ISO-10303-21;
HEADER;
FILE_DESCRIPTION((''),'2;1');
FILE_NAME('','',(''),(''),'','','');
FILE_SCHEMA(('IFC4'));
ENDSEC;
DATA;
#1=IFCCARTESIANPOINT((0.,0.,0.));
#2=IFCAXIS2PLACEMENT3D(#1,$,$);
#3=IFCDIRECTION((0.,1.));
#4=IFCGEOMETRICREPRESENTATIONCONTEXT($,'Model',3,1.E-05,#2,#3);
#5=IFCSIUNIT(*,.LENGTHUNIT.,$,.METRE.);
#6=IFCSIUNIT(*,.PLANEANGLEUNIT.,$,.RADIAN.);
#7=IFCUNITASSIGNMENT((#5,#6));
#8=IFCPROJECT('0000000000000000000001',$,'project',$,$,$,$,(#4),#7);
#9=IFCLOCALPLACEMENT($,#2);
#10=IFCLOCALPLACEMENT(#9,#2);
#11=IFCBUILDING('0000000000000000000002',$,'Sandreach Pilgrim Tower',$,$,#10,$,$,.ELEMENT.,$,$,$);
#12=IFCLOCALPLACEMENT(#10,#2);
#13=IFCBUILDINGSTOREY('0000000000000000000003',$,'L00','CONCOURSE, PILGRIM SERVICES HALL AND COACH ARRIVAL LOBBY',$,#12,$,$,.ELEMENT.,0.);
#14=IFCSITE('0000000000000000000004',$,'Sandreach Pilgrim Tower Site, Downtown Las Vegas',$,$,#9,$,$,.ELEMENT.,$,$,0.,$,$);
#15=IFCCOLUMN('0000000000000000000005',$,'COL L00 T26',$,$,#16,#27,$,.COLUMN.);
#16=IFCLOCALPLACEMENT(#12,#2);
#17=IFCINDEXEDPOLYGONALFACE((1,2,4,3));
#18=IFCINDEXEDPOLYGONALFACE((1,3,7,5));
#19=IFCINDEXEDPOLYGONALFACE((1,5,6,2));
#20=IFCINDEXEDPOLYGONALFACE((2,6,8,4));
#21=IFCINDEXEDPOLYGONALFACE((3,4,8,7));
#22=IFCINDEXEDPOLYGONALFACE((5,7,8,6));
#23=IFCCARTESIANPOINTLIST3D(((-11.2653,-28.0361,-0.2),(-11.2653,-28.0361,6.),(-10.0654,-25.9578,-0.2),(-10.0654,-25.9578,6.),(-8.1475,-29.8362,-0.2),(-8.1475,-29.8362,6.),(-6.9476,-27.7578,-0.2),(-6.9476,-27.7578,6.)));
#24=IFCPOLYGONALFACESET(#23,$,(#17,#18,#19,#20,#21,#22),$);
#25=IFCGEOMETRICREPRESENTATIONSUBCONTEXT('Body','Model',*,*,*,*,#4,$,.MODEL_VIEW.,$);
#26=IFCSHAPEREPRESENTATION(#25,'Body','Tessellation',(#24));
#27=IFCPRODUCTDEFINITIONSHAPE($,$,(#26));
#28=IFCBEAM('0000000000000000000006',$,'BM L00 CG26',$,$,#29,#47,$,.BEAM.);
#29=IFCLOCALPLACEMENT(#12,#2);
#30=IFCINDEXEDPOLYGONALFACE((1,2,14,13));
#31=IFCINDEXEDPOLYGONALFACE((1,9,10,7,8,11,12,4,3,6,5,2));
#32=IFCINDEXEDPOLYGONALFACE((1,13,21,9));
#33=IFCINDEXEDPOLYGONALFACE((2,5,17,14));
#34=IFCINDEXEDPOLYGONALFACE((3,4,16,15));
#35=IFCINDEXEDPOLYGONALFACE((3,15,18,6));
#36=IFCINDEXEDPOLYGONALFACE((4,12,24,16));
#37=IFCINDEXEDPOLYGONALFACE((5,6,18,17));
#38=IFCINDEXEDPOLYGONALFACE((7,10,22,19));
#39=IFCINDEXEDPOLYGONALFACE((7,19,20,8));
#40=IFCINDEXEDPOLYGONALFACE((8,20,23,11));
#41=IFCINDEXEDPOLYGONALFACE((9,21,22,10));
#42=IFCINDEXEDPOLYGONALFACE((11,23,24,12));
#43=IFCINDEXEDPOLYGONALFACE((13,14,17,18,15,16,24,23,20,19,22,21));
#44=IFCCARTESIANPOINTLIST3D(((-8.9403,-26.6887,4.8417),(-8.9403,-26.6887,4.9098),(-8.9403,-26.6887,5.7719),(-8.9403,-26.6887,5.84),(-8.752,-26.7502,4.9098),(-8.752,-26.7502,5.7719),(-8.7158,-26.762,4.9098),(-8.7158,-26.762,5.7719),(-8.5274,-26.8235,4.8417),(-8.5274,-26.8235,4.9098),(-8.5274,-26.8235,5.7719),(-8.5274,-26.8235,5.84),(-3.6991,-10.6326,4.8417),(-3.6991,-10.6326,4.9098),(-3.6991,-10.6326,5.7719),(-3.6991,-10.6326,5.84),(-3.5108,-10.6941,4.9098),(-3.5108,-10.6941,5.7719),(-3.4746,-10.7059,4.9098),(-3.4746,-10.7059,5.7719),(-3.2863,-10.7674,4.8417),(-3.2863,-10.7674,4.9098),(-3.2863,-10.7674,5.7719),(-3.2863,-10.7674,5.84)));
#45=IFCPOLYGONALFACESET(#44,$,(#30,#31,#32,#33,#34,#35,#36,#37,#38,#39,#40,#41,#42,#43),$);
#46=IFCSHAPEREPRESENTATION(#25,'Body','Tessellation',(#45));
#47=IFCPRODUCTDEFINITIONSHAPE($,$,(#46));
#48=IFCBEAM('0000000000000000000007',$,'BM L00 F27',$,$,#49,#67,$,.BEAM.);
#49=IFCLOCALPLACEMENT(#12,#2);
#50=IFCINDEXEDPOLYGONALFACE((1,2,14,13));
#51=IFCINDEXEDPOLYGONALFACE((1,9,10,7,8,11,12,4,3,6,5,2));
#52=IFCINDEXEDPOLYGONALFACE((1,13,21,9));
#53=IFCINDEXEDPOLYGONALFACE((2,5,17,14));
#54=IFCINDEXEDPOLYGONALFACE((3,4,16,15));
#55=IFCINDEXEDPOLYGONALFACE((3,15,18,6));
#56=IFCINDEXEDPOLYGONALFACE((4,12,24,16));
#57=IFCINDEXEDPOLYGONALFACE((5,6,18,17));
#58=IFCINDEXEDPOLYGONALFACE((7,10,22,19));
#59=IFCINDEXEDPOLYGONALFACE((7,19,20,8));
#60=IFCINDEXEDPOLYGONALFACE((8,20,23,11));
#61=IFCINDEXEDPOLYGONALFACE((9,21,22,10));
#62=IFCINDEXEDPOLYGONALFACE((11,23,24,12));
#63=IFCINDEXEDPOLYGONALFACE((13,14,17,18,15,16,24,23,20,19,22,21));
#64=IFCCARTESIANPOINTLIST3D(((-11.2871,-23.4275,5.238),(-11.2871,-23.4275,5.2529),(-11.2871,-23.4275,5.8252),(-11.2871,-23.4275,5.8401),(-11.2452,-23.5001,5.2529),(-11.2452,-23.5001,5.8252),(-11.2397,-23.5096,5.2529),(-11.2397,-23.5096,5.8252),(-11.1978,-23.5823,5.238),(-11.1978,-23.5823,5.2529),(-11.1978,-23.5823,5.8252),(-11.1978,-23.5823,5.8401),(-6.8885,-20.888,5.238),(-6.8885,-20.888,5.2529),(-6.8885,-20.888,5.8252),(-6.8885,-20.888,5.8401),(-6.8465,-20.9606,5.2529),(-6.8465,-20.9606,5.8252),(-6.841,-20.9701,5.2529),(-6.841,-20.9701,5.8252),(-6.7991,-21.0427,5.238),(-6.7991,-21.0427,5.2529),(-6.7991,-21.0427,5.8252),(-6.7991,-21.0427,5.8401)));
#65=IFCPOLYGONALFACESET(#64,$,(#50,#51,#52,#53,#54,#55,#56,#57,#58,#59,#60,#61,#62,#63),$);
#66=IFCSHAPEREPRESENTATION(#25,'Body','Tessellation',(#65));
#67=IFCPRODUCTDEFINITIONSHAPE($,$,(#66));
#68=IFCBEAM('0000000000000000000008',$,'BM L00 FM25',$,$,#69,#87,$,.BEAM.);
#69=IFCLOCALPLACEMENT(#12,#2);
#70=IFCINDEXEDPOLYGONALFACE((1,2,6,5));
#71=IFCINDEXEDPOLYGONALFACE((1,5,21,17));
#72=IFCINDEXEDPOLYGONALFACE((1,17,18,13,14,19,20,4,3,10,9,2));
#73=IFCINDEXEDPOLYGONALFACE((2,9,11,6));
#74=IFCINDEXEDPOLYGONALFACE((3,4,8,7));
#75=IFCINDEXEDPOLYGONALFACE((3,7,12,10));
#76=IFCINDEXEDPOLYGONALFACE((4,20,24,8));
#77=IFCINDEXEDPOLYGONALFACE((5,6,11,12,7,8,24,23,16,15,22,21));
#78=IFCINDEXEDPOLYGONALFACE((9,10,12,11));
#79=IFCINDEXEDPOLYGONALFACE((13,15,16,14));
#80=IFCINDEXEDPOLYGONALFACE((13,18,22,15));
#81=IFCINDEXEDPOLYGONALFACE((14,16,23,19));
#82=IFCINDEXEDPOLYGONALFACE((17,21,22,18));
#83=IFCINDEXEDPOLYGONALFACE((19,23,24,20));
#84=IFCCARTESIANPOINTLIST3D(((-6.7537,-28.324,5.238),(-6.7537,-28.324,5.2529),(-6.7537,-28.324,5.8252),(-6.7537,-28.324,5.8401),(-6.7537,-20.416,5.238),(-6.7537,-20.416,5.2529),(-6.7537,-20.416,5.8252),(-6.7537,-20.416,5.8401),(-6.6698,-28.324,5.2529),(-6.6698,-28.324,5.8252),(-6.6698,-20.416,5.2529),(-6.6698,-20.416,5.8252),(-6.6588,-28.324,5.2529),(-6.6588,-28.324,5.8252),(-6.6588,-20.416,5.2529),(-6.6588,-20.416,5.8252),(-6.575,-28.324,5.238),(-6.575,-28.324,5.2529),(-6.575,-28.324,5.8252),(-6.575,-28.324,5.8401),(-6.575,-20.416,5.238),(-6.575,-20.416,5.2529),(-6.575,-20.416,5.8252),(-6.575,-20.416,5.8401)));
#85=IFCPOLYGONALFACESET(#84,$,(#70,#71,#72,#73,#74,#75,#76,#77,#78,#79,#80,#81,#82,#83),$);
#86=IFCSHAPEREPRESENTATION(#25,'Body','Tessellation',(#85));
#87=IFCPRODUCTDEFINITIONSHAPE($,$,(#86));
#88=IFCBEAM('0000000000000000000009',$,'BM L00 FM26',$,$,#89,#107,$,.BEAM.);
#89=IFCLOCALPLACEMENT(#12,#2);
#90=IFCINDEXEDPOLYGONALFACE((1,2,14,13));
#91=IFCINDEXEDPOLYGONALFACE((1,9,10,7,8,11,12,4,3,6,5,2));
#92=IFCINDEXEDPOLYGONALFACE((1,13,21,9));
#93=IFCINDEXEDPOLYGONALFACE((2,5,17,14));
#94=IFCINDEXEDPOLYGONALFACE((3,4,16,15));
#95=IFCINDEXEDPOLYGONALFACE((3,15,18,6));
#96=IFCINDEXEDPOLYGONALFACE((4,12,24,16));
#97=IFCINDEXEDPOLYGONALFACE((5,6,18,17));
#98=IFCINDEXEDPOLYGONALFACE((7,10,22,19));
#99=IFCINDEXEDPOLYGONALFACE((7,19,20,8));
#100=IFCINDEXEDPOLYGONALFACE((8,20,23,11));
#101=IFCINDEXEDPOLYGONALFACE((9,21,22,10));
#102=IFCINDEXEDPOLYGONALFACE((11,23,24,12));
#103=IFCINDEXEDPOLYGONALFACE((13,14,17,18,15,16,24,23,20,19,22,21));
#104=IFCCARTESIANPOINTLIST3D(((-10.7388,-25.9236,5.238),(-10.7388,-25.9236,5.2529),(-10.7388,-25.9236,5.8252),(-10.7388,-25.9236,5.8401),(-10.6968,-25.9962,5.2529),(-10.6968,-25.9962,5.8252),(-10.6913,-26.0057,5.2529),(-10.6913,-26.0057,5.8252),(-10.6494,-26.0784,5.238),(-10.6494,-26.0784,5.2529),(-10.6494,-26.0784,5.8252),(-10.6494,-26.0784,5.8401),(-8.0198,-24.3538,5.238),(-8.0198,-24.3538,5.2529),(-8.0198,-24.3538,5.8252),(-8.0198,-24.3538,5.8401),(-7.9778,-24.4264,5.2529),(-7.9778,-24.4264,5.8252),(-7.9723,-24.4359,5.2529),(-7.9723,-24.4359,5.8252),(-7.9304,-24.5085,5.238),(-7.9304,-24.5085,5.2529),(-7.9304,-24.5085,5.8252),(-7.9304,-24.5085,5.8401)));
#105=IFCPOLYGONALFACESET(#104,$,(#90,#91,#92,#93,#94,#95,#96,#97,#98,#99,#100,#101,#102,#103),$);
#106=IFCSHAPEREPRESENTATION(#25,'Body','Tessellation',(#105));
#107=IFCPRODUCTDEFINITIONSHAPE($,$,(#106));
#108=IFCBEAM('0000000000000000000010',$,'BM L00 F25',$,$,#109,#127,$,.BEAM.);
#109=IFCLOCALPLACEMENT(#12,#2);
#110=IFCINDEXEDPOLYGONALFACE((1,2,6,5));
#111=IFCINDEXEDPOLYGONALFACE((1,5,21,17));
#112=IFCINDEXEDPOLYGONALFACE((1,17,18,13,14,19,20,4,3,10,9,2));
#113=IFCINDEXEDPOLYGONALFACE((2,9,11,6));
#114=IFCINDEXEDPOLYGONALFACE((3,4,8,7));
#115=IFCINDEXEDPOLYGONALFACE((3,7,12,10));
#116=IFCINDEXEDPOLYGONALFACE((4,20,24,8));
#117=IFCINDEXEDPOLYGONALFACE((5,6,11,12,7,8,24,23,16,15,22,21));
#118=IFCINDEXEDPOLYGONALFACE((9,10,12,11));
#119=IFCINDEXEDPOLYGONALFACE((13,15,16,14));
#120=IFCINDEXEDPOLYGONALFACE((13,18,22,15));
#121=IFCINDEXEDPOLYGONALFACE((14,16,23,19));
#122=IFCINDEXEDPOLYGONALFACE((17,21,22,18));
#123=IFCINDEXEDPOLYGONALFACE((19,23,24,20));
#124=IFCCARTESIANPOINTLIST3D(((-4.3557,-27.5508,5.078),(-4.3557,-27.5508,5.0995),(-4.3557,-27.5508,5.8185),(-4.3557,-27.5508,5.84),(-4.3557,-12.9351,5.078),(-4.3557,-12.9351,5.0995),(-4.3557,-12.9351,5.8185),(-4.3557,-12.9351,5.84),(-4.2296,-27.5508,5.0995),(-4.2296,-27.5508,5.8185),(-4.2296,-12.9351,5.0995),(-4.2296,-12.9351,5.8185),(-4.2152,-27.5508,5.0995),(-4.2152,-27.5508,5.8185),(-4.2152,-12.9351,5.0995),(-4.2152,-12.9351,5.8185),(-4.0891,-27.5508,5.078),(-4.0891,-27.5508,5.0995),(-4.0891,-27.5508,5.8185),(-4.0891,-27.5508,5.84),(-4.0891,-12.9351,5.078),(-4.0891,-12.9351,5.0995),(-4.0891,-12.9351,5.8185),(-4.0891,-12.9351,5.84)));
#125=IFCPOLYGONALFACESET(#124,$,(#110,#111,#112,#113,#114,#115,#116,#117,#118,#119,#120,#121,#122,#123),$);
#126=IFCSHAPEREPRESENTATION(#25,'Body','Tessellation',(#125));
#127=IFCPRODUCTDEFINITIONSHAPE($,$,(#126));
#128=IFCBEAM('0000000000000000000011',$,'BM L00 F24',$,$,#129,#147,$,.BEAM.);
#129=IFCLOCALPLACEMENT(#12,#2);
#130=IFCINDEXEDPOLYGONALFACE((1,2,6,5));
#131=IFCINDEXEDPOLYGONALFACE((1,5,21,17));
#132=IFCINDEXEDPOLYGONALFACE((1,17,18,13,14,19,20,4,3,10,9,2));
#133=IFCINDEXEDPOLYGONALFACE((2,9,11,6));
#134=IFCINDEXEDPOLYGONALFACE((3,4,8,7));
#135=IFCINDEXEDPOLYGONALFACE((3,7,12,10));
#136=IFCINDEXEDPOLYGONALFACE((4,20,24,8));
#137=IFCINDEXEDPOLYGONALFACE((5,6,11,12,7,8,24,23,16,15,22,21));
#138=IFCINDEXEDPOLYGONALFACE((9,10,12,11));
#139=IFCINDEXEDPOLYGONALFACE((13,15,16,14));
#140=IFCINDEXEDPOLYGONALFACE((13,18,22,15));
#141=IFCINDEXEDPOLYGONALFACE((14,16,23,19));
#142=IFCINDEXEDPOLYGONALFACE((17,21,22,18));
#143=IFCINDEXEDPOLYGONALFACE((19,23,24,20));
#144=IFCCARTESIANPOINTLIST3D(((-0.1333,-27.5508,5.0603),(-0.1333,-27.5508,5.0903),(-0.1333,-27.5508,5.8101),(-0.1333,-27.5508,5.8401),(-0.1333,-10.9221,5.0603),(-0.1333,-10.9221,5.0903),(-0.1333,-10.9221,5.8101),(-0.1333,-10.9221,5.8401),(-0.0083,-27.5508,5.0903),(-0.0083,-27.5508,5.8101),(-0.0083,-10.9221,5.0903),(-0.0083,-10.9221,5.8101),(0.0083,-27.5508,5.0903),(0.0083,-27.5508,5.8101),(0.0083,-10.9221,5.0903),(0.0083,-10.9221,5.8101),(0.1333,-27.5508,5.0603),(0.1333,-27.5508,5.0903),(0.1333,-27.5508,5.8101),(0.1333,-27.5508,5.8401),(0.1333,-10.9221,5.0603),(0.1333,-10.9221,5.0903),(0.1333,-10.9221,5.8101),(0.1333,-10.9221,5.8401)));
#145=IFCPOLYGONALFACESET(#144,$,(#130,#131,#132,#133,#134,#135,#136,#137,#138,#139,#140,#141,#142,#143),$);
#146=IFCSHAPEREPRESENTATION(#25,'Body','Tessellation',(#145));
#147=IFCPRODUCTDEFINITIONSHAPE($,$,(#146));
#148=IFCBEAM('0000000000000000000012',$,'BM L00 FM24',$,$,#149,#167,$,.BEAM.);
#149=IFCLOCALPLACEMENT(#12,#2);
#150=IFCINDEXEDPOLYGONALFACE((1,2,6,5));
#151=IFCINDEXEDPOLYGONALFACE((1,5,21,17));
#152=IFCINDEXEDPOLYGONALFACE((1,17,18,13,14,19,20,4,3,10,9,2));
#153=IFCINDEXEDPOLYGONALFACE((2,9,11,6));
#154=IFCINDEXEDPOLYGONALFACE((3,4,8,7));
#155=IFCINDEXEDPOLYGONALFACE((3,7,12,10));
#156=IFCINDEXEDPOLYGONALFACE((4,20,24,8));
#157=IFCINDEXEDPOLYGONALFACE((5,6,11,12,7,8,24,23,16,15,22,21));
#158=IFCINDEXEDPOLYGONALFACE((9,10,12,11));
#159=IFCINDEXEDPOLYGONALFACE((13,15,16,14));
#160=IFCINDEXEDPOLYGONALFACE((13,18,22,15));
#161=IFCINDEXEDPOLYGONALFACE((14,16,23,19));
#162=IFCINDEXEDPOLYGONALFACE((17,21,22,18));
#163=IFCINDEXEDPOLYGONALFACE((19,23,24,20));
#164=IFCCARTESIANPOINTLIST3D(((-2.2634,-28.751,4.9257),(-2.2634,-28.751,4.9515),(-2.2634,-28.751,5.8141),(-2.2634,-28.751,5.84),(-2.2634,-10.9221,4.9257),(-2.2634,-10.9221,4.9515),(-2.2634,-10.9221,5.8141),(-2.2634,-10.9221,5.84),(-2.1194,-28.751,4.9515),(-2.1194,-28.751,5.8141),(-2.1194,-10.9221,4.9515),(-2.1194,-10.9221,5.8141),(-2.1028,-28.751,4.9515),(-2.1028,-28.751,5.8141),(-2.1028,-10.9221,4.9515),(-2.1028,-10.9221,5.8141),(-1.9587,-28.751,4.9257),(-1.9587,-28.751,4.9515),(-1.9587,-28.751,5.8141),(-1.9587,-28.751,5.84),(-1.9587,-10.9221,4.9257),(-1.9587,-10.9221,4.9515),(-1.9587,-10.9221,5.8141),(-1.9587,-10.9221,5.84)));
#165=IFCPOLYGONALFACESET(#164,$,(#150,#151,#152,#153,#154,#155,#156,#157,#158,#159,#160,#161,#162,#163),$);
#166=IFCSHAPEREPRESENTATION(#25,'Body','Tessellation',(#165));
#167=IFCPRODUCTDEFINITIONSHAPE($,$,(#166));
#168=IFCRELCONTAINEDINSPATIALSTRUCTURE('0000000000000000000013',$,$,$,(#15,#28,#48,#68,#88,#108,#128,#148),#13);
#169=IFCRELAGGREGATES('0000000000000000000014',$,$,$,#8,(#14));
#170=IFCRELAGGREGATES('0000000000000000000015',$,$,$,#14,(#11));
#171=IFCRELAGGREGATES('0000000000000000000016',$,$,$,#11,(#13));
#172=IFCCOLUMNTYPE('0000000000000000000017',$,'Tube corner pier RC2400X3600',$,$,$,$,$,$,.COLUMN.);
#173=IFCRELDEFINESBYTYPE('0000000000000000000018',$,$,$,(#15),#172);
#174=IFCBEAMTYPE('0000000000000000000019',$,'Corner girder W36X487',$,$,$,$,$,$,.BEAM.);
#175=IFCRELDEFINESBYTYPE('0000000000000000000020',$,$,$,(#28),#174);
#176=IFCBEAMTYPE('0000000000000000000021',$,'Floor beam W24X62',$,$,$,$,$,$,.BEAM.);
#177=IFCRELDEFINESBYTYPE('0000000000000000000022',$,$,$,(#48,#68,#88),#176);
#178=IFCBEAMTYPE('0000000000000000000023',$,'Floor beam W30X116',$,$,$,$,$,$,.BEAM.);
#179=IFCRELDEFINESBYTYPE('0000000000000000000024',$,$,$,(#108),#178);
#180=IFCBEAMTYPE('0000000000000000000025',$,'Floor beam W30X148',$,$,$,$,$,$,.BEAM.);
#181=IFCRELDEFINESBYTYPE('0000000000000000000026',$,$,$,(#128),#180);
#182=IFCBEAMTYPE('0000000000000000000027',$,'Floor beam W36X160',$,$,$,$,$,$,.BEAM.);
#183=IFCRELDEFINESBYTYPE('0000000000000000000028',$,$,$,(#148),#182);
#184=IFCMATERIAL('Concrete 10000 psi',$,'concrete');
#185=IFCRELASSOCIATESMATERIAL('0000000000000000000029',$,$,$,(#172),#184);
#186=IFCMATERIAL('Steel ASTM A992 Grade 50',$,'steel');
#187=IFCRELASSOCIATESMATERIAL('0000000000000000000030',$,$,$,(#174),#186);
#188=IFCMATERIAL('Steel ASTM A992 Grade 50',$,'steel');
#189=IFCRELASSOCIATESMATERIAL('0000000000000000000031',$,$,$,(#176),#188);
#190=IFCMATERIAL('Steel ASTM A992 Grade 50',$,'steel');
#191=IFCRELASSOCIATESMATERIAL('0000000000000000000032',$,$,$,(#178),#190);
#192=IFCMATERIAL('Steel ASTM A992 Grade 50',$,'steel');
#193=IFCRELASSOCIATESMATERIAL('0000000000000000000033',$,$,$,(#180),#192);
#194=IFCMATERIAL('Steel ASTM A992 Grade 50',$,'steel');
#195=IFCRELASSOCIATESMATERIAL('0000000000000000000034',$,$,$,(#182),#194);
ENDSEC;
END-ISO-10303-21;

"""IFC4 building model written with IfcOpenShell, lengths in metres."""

from ifc_helpers import new_model, si_unit, direction, frame, origin, origin_2d, place, context, subcontext, project, spatial, rectangle, i_section, extrude, material, material_profile, profile_set, type_object, element, save


model = new_model("IFC4")

# Units and contexts
model_context = context("Model", 3, precision=1e-05, world=origin(), true_north=direction((0.0, 1.0)))
body_context = subcontext(model_context, "Body", "Model", "MODEL_VIEW")
ifc_project = project(units=[si_unit("LENGTHUNIT", "METRE"), si_unit("PLANEANGLEUNIT", "RADIAN")], contexts=[model_context])

# Site, building, storey
site_placement = place(None, origin())
site = spatial("IfcSite", under=ifc_project, at=site_placement, Name="Sandreach Pilgrim Tower Site, Downtown Las Vegas", CompositionType="ELEMENT", RefElevation=0.0)
building_placement = place(site_placement, origin())
building = spatial("IfcBuilding", under=site, at=building_placement, Name="Sandreach Pilgrim Tower", CompositionType="ELEMENT")
storey_placement = place(building_placement, origin())
storey = spatial("IfcBuildingStorey", under=building, at=storey_placement, Name="L00", Description="CONCOURSE, PILGRIM SERVICES HALL AND COACH ARRIVAL LOBBY", CompositionType="ELEMENT", Elevation=0.0)

# Column
ifc_material_1 = material(Name="Concrete 10000 psi", Category="concrete")
ifc_material_profile_1 = material_profile(ifc_material_1, rectangle(XDim=2.3999, YDim=3.6001, at=origin_2d()), Name="RC2400X3600")
ifc_profile_set_1 = profile_set([ifc_material_profile_1], Name="Concrete 10000 psi")
column_type_1 = type_object("IfcColumnType", Name="Tube corner pier RC2400X3600", PredefinedType="COLUMN", material=ifc_profile_set_1)
column_placement = place(storey_placement, frame((-9.1064, -27.897, -0.2), z_axis=(0.0, 0.0, 1.0), x_axis=(-0.5, -0.866025, 0.0)))
element("IfcColumn", 1, at=column_placement, inside=storey, type_object=column_type_1, Name="COL L00 T26", PredefinedType="COLUMN", context=body_context, shape_type="SweptSolid", body=[
    extrude(rectangle(XDim=2.3999, YDim=3.6001, at=origin_2d()), origin(), (0.0, 0.0, 1.0), 6.2),
])

# Beams
ifc_material_2 = material(Name="Steel ASTM A992 Grade 50", Category="steel")
ifc_material_profile_2 = material_profile(ifc_material_2, i_section(OverallWidth=0.4343, OverallDepth=0.9983, WebThickness=0.0381, FlangeThickness=0.0681, at=origin_2d()), Name="W36X487")
ifc_profile_set_2 = profile_set([ifc_material_profile_2], Name="Steel ASTM A992 Grade 50")
beam_type_1 = type_object("IfcBeamType", Name="Corner girder W36X487", PredefinedType="BEAM", material=ifc_profile_set_2)
beam_1_placement = place(storey_placement, frame((-8.7339, -26.7561, 5.3408), z_axis=(0.310315, 0.950634, 0.0), x_axis=(-0.950634, 0.310315, 0.0)))
element("IfcBeam", 2, at=beam_1_placement, inside=storey, type_object=beam_type_1, Name="BM L00 CG26", PredefinedType="BEAM", context=body_context, shape_type="SweptSolid", body=[
    extrude(i_section(OverallWidth=0.4343, OverallDepth=0.9983, WebThickness=0.0381, FlangeThickness=0.0681, at=origin_2d()), origin(), (0.0, 0.0, 1.0), 16.8899),
])
ifc_material_3 = material(Name="Steel ASTM A992 Grade 50", Category="steel")
ifc_material_profile_3 = material_profile(ifc_material_3, i_section(OverallWidth=0.1787, OverallDepth=0.6021, WebThickness=0.011, FlangeThickness=0.0149, at=origin_2d()), Name="W24X62")
ifc_profile_set_3 = profile_set([ifc_material_profile_3], Name="Steel ASTM A992 Grade 50")
beam_type_2 = type_object("IfcBeamType", Name="Floor beam W24X62", PredefinedType="BEAM", material=ifc_profile_set_3)
beam_2_placement = place(storey_placement, frame((-11.2424, -23.5049, 5.5391), z_axis=(0.866028, 0.499996, 0.0), x_axis=(-0.499996, 0.866028, 0.0)))
element("IfcBeam", 3, at=beam_2_placement, inside=storey, type_object=beam_type_2, Name="BM L00 F27", PredefinedType="BEAM", context=body_context, shape_type="SweptSolid", body=[
    extrude(i_section(OverallWidth=0.1787, OverallDepth=0.6021, WebThickness=0.011, FlangeThickness=0.0149, at=origin_2d()), origin(), (0.0, 0.0, 1.0), 5.0791),
])
beam_3_placement = place(storey_placement, frame((-6.6643, -28.324, 5.5391), z_axis=(0.0, 1.0, 0.0), x_axis=(-1.0, 0.0, 0.0)))
element("IfcBeam", 4, at=beam_3_placement, inside=storey, type_object=beam_type_2, Name="BM L00 FM25", PredefinedType="BEAM", context=body_context, shape_type="SweptSolid", body=[
    extrude(i_section(OverallWidth=0.1787, OverallDepth=0.6021, WebThickness=0.011, FlangeThickness=0.0149, at=origin_2d()), origin(), (0.0, 0.0, 1.0), 7.908),
])
beam_4_placement = place(storey_placement, frame((-10.6941, -26.001, 5.5391), z_axis=(0.866024, 0.500003, 0.0), x_axis=(-0.500003, 0.866024, 0.0)))
element("IfcBeam", 5, at=beam_4_placement, inside=storey, type_object=beam_type_2, Name="BM L00 FM26", PredefinedType="BEAM", context=body_context, shape_type="SweptSolid", body=[
    extrude(i_section(OverallWidth=0.1787, OverallDepth=0.6021, WebThickness=0.011, FlangeThickness=0.0149, at=origin_2d()), origin(), (0.0, 0.0, 1.0), 3.1396),
])
ifc_material_4 = material(Name="Steel ASTM A992 Grade 50", Category="steel")
ifc_material_profile_4 = material_profile(ifc_material_4, i_section(OverallWidth=0.2666, OverallDepth=0.762, WebThickness=0.0144, FlangeThickness=0.0215, at=origin_2d()), Name="W30X116")
ifc_profile_set_4 = profile_set([ifc_material_profile_4], Name="Steel ASTM A992 Grade 50")
beam_type_3 = type_object("IfcBeamType", Name="Floor beam W30X116", PredefinedType="BEAM", material=ifc_profile_set_4)
beam_5_placement = place(storey_placement, frame((-4.2224, -27.5508, 5.459), z_axis=(0.0, 1.0, 0.0), x_axis=(-1.0, 0.0, 0.0)))
element("IfcBeam", 6, at=beam_5_placement, inside=storey, type_object=beam_type_3, Name="BM L00 F25", PredefinedType="BEAM", context=body_context, shape_type="SweptSolid", body=[
    extrude(i_section(OverallWidth=0.2666, OverallDepth=0.762, WebThickness=0.0144, FlangeThickness=0.0215, at=origin_2d()), origin(), (0.0, 0.0, 1.0), 14.6157),
])
ifc_material_5 = material(Name="Steel ASTM A992 Grade 50", Category="steel")
ifc_material_profile_5 = material_profile(ifc_material_5, i_section(OverallWidth=0.2666, OverallDepth=0.7798, WebThickness=0.0166, FlangeThickness=0.03, at=origin_2d()), Name="W30X148")
ifc_profile_set_5 = profile_set([ifc_material_profile_5], Name="Steel ASTM A992 Grade 50")
beam_type_4 = type_object("IfcBeamType", Name="Floor beam W30X148", PredefinedType="BEAM", material=ifc_profile_set_5)
beam_6_placement = place(storey_placement, frame((0.0, -27.5508, 5.4502), z_axis=(0.0, 1.0, 0.0), x_axis=(-1.0, 0.0, 0.0)))
element("IfcBeam", 7, at=beam_6_placement, inside=storey, type_object=beam_type_4, Name="BM L00 F24", PredefinedType="BEAM", context=body_context, shape_type="SweptSolid", body=[
    extrude(i_section(OverallWidth=0.2666, OverallDepth=0.7798, WebThickness=0.0166, FlangeThickness=0.03, at=origin_2d()), origin(), (0.0, 0.0, 1.0), 16.6287),
])
ifc_material_6 = material(Name="Steel ASTM A992 Grade 50", Category="steel")
ifc_material_profile_6 = material_profile(ifc_material_6, i_section(OverallWidth=0.3047, OverallDepth=0.9143, WebThickness=0.0166, FlangeThickness=0.0259, at=origin_2d()), Name="W36X160")
ifc_profile_set_6 = profile_set([ifc_material_profile_6], Name="Steel ASTM A992 Grade 50")
beam_type_5 = type_object("IfcBeamType", Name="Floor beam W36X160", PredefinedType="BEAM", material=ifc_profile_set_6)
beam_7_placement = place(storey_placement, frame((-2.1111, -28.751, 5.3828), z_axis=(0.0, 1.0, 0.0), x_axis=(-1.0, 0.0, 0.0)))
element("IfcBeam", 8, at=beam_7_placement, inside=storey, type_object=beam_type_5, Name="BM L00 FM24", PredefinedType="BEAM", context=body_context, shape_type="SweptSolid", body=[
    extrude(i_section(OverallWidth=0.3047, OverallDepth=0.9143, WebThickness=0.0166, FlangeThickness=0.0259, at=origin_2d()), origin(), (0.0, 0.0, 1.0), 17.8289),
])

save(model, "model.ifc")
